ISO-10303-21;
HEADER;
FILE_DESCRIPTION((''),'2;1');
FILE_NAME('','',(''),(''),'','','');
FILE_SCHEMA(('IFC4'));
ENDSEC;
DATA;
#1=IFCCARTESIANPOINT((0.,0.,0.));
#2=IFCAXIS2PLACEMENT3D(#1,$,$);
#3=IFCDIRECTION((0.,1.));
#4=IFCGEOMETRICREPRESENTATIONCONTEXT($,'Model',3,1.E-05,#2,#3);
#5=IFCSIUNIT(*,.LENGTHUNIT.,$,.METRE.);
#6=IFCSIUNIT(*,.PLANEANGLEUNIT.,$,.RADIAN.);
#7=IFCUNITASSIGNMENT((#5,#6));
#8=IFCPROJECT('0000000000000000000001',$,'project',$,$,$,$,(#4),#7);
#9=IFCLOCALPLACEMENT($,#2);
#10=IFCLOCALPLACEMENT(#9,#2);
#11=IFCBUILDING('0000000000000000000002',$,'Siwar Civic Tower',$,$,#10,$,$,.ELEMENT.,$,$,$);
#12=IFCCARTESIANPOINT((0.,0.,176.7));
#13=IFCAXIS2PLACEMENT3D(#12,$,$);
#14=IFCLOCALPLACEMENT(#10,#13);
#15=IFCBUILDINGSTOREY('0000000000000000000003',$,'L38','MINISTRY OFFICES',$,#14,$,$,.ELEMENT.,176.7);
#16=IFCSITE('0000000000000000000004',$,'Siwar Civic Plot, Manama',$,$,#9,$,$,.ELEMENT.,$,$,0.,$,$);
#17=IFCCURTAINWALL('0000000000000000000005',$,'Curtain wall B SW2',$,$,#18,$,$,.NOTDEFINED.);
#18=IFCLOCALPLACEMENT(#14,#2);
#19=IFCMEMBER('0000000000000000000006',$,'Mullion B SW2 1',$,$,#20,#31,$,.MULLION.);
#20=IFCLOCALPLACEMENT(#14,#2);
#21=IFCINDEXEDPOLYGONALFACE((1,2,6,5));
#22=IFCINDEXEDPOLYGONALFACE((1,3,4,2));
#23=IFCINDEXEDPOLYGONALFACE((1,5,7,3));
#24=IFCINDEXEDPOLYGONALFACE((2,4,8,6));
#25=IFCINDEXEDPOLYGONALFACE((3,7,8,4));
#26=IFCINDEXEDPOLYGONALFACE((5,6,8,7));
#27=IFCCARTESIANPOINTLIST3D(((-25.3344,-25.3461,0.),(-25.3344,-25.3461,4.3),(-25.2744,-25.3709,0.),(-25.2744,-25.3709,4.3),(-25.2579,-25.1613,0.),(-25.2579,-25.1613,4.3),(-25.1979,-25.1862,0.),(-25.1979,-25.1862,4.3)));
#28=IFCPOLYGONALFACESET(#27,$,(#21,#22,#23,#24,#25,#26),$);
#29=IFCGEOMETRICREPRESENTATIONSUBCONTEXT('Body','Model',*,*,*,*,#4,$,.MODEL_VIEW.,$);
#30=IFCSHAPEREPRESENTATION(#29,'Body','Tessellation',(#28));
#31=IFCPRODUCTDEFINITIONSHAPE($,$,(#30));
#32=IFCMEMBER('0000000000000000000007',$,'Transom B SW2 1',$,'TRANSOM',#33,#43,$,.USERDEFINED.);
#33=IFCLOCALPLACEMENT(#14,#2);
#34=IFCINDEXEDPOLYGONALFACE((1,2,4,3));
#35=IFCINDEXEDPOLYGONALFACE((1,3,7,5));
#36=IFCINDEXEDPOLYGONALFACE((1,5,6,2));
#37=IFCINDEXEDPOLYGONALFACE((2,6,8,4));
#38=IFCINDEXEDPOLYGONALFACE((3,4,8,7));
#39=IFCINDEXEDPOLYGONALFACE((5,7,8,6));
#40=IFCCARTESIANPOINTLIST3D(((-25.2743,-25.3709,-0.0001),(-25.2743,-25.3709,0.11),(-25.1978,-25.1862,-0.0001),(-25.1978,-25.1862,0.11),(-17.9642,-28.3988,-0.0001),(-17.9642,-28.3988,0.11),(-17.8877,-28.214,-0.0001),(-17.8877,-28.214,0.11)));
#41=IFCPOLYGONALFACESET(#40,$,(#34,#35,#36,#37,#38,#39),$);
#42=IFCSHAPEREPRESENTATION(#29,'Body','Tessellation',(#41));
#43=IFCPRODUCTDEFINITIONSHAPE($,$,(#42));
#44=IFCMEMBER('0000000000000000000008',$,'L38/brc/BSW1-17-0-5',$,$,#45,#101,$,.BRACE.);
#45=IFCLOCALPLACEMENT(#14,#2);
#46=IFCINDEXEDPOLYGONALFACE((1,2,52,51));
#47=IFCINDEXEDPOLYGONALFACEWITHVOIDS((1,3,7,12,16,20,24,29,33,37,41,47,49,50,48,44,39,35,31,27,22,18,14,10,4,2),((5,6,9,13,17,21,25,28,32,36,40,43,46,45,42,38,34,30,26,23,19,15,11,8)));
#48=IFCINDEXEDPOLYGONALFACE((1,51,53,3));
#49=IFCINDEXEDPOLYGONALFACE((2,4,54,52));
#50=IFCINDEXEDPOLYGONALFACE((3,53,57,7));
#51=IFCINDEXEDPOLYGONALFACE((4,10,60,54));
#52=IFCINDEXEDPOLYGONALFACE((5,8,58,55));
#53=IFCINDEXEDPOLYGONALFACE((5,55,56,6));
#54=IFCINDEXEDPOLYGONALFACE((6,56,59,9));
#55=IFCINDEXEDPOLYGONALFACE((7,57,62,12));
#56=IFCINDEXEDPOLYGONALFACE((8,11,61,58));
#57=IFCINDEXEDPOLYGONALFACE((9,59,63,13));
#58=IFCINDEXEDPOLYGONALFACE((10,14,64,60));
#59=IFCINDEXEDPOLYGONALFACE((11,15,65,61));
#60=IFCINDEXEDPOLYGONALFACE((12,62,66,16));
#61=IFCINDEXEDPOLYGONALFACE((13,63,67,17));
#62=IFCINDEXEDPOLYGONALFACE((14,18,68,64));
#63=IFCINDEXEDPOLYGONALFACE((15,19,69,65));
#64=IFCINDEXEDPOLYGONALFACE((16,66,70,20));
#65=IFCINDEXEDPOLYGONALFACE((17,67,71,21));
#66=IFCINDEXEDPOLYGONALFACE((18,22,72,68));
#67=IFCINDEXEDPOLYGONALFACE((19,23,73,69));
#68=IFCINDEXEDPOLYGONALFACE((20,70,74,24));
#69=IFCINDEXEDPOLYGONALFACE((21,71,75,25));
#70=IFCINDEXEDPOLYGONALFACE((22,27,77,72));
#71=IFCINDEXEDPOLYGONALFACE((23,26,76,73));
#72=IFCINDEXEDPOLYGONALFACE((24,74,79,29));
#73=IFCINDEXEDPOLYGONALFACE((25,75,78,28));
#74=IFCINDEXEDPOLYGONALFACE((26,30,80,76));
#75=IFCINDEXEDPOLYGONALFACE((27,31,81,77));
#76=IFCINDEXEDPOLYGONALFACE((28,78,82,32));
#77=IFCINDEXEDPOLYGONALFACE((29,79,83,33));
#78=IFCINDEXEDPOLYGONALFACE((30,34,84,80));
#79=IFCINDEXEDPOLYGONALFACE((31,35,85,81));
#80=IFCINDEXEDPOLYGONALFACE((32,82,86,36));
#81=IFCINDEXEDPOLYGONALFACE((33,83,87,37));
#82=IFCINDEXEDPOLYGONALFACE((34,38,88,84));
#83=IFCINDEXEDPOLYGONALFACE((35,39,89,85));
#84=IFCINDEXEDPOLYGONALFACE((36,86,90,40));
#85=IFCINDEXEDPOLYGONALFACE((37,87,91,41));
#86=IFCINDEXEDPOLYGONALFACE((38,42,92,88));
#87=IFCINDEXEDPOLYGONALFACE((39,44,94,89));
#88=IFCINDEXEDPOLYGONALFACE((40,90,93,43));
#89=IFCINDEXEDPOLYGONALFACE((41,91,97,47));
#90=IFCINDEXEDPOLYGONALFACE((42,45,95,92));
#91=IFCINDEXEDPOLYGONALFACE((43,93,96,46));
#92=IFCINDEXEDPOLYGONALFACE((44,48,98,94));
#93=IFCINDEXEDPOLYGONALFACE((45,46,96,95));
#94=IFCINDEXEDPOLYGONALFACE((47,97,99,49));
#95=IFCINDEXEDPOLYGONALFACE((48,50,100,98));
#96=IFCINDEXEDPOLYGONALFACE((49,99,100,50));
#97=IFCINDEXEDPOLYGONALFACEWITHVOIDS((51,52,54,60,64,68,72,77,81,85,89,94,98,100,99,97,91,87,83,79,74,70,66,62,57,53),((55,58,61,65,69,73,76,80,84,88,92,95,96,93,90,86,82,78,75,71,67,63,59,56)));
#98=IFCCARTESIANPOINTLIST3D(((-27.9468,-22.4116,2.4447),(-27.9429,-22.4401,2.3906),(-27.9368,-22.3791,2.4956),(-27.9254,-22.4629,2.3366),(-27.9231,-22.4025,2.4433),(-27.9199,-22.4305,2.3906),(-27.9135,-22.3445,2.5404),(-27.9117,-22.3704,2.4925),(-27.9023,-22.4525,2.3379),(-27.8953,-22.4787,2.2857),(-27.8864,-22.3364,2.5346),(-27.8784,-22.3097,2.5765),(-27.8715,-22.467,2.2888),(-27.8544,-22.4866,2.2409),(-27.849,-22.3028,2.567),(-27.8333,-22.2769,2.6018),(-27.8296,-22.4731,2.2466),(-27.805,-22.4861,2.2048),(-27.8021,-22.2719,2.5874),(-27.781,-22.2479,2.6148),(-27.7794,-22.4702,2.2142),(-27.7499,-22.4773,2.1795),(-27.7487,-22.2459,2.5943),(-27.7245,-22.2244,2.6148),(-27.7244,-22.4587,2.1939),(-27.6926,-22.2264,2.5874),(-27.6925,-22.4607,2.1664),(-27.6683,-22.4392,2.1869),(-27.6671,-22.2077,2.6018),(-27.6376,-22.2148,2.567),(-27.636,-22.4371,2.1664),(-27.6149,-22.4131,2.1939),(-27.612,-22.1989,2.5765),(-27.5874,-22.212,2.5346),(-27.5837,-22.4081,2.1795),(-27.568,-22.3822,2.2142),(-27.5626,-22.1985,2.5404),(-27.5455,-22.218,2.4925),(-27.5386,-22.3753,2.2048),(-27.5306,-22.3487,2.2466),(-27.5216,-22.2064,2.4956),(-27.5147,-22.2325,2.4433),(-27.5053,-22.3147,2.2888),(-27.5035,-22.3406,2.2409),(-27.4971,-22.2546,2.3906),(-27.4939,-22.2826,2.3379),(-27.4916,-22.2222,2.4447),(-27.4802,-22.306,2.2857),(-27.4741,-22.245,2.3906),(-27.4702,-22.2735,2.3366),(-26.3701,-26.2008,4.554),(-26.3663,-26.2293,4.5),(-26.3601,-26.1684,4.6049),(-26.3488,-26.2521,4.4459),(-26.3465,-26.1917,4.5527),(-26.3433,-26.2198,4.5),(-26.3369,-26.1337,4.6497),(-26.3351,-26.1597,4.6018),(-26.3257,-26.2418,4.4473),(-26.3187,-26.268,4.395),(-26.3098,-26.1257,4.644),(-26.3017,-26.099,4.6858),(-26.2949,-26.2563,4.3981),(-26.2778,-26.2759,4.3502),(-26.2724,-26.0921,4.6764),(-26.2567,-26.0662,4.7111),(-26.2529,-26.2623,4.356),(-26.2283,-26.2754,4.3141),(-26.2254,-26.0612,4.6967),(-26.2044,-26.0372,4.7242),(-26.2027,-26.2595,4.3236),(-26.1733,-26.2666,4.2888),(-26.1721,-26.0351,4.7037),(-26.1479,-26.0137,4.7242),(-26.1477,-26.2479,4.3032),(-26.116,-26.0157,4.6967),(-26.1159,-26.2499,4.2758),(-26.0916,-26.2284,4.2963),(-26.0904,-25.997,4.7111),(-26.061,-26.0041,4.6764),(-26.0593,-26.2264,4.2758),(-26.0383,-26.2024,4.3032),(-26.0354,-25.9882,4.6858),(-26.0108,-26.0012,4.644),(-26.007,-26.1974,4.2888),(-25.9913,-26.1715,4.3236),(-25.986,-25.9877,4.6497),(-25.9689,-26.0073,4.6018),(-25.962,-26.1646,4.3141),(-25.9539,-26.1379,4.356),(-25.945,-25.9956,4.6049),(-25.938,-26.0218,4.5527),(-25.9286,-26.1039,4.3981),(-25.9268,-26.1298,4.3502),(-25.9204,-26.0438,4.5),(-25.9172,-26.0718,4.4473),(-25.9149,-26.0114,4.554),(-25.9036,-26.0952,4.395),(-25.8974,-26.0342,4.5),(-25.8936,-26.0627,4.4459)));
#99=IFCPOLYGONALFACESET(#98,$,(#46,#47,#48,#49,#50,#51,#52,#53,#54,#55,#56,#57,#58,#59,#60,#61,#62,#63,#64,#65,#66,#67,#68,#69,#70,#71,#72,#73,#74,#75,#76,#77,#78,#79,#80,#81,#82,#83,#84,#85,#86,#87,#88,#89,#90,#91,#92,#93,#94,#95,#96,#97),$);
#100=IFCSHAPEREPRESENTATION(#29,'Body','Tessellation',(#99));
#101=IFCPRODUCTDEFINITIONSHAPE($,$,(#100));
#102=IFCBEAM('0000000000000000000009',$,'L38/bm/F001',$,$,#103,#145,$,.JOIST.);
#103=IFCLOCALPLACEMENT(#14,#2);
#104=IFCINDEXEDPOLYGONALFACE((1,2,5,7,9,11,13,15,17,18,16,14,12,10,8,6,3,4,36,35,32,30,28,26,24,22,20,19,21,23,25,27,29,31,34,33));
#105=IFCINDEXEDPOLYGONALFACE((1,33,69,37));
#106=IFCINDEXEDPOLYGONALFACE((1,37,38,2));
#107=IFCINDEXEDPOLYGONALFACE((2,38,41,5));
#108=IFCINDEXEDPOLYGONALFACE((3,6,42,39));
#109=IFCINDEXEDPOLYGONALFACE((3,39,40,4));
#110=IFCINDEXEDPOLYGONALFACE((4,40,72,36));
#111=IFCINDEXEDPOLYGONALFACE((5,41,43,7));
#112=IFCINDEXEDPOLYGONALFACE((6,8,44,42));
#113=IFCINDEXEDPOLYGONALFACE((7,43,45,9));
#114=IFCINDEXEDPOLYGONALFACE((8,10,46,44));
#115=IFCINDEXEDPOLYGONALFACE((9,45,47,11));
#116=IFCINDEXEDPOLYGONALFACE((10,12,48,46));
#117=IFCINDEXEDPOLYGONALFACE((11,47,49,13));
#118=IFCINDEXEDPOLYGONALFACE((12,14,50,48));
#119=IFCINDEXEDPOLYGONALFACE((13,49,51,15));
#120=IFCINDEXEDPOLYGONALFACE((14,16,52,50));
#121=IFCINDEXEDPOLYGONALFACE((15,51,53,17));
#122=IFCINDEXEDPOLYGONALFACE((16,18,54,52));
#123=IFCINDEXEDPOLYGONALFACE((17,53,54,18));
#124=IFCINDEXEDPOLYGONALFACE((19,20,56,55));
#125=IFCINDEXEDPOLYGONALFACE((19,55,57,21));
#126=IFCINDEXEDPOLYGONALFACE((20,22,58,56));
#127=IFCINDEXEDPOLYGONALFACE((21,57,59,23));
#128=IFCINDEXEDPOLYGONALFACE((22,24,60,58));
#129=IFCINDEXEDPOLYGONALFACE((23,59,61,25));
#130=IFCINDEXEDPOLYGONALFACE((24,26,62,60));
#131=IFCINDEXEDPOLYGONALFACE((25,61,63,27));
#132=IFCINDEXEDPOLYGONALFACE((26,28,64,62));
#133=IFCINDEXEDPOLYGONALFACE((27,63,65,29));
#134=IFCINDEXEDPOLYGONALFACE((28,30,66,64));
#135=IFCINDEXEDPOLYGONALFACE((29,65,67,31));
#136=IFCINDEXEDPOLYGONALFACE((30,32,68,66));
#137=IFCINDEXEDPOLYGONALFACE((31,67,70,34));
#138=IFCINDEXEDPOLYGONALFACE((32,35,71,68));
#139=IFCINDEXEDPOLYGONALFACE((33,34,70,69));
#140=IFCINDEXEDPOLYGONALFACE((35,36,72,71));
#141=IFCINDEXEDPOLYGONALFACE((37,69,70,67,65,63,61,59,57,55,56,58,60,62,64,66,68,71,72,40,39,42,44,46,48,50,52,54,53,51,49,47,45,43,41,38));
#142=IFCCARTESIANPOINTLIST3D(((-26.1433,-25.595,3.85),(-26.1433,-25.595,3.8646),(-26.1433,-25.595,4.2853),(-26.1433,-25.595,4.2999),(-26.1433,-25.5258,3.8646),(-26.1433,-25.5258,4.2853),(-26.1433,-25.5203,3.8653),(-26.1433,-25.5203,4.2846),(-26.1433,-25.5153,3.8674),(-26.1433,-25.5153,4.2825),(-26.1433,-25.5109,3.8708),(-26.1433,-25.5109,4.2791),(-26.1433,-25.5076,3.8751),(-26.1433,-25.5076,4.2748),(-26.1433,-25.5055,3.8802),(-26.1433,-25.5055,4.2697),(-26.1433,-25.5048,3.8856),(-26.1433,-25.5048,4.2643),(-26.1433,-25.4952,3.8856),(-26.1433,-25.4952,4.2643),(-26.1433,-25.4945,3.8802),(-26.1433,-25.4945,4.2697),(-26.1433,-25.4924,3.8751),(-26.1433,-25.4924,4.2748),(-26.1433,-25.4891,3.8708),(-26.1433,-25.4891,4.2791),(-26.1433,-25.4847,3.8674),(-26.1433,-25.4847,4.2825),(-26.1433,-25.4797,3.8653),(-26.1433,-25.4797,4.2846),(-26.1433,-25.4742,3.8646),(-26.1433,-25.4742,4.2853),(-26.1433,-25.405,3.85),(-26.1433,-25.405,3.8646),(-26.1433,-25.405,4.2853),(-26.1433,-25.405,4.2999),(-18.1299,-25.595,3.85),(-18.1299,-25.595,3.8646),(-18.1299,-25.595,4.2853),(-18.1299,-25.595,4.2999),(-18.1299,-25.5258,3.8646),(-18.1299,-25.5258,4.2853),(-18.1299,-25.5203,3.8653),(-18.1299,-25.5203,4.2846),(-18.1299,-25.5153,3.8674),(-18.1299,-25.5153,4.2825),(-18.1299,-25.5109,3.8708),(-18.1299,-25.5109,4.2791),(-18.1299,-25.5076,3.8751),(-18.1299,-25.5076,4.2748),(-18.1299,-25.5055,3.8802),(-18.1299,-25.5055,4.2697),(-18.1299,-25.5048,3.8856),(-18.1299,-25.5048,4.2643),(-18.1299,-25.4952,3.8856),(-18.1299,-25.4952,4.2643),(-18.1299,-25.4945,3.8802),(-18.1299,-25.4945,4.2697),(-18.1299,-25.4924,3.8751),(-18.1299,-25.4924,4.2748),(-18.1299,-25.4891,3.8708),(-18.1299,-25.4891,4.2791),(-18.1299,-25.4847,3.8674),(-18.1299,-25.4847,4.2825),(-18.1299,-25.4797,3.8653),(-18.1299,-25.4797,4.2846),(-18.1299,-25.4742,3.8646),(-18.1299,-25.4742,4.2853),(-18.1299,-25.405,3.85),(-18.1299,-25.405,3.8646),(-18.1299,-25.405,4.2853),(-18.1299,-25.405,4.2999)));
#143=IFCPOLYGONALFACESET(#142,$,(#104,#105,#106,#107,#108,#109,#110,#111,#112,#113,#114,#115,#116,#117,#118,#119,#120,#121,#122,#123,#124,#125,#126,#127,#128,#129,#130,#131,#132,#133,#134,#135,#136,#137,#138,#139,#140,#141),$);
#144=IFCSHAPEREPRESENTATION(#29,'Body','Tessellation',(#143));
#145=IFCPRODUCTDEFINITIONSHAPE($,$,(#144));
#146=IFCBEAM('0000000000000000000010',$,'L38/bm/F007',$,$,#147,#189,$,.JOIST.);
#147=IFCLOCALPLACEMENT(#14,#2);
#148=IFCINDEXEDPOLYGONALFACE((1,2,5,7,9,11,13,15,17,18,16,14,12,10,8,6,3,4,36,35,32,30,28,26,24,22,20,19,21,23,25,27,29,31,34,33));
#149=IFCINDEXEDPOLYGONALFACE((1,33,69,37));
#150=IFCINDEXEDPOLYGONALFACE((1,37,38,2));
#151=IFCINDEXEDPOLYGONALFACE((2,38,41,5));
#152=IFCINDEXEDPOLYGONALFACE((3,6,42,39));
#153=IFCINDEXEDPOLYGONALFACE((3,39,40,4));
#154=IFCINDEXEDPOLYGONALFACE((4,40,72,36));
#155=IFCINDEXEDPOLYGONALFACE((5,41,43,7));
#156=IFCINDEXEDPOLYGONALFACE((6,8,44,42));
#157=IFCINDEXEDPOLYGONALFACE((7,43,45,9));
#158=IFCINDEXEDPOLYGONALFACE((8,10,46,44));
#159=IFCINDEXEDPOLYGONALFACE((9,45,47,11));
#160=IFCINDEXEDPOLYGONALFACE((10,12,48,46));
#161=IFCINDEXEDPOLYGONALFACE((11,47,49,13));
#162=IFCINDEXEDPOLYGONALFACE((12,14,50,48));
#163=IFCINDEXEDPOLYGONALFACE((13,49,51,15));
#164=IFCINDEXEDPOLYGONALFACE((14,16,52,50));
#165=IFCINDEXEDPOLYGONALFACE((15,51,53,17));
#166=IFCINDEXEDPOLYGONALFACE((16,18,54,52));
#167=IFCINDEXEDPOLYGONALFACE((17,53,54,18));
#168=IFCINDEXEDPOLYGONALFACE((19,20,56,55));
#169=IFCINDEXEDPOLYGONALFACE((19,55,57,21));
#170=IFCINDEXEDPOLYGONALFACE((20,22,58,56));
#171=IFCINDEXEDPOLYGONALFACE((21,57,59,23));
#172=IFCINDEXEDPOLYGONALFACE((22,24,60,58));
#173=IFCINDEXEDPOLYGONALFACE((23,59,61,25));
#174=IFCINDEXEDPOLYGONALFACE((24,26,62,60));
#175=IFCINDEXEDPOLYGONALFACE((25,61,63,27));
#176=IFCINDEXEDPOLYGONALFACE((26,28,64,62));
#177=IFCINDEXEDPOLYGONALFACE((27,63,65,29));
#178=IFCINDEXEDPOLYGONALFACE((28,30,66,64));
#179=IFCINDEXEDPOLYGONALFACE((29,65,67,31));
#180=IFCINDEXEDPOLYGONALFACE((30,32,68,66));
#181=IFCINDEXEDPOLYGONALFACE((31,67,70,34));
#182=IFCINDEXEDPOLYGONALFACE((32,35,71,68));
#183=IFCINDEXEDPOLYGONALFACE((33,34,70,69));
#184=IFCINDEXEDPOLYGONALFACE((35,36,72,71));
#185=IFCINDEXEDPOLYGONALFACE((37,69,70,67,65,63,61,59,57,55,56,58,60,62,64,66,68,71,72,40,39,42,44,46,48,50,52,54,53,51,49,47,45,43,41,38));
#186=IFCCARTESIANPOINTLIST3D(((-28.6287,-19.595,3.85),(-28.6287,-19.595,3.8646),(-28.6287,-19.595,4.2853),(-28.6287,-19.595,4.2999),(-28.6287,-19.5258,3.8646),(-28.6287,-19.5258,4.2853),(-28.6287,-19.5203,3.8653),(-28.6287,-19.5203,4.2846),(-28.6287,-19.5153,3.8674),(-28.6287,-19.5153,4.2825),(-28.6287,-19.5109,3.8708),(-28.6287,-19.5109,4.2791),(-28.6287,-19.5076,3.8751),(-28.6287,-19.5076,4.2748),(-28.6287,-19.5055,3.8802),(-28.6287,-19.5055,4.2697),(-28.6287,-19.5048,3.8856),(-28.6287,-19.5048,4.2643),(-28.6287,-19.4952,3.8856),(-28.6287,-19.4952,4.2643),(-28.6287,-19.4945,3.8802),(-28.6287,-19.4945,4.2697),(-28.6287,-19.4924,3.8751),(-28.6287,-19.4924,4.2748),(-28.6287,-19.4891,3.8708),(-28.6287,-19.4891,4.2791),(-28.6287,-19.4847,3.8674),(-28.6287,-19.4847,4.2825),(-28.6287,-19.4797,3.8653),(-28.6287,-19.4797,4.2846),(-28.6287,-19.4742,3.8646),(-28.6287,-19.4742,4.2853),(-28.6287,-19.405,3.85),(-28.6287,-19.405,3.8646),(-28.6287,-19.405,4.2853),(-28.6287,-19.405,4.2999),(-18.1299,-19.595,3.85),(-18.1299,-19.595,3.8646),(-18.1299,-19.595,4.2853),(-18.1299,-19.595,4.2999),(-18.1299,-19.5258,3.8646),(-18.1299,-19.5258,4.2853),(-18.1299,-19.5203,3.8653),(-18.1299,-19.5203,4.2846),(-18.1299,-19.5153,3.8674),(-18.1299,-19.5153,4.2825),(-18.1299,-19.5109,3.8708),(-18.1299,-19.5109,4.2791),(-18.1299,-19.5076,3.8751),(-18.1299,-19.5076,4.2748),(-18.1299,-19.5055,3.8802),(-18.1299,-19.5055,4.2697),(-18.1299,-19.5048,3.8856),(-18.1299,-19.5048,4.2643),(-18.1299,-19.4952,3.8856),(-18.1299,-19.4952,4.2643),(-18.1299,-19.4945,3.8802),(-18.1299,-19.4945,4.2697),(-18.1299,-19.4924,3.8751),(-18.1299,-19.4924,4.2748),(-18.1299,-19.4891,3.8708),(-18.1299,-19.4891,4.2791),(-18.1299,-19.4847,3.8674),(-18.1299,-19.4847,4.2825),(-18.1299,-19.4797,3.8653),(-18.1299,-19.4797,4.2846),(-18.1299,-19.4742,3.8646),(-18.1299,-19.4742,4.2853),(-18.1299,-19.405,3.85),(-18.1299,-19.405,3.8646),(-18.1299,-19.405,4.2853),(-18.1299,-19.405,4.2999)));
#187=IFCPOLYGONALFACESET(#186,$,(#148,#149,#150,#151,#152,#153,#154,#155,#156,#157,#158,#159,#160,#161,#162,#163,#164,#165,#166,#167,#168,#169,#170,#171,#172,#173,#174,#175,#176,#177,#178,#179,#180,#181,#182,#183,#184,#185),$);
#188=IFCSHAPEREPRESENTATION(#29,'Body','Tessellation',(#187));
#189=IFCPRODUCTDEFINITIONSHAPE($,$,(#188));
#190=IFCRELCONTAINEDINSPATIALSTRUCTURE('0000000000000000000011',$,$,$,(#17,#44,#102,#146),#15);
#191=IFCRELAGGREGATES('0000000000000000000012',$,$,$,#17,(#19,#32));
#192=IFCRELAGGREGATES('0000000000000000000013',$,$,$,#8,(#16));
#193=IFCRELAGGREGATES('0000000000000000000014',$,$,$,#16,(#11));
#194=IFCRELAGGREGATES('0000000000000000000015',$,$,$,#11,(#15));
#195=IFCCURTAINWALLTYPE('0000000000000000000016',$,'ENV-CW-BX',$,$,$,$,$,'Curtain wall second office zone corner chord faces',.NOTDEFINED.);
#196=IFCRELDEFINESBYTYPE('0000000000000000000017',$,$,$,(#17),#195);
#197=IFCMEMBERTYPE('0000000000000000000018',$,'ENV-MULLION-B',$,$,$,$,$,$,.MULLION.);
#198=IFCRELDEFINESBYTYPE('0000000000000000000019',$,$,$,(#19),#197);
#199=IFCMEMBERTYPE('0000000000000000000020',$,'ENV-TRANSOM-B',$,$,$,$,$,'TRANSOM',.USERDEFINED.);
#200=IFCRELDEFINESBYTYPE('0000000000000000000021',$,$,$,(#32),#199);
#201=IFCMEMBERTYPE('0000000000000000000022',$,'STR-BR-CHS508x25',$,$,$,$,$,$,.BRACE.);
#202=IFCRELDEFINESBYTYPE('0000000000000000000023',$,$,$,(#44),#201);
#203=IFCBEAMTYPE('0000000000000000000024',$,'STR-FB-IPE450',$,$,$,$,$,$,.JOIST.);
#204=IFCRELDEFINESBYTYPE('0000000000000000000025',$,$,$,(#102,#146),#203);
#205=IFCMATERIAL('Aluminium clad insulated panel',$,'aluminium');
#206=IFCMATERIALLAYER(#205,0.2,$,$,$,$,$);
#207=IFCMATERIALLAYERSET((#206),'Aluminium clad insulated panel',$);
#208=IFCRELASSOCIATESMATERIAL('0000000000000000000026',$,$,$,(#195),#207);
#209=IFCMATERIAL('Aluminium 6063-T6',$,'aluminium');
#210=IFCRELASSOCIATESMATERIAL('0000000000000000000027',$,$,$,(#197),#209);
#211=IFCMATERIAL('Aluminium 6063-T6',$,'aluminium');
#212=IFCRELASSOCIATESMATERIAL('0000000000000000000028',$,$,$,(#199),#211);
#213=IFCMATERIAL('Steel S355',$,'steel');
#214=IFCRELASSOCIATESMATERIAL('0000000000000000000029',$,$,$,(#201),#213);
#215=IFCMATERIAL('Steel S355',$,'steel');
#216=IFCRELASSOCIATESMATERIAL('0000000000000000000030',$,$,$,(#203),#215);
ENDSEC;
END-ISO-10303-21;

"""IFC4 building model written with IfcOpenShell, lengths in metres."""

from ifc_helpers import new_model, si_unit, direction, frame, origin, origin_2d, place, context, subcontext, project, spatial, rectangle, hollow_circle, i_section, extrude, material, layer, layer_set, material_profile, profile_set, type_object, element, aggregate, save


model = new_model("IFC4")

# Units and contexts
model_context = context("Model", 3, precision=1e-05, world=origin(), true_north=direction((0.0, 1.0)))
body_context = subcontext(model_context, "Body", "Model", "MODEL_VIEW")
ifc_project = project(units=[si_unit("LENGTHUNIT", "METRE"), si_unit("PLANEANGLEUNIT", "RADIAN")], contexts=[model_context])

# Site, building, storey
site_placement = place(None, origin())
site = spatial("IfcSite", under=ifc_project, at=site_placement, Name="Siwar Civic Plot, Manama", CompositionType="ELEMENT", RefElevation=0.0)
building_placement = place(site_placement, origin())
building = spatial("IfcBuilding", under=site, at=building_placement, Name="Siwar Civic Tower", CompositionType="ELEMENT")
storey_placement = place(building_placement, frame((0.0, 0.0, 176.7)))
storey = spatial("IfcBuildingStorey", under=building, at=storey_placement, Name="L38", Description="MINISTRY OFFICES", CompositionType="ELEMENT", Elevation=176.7)

# Curtain wall, members
ifc_material_1 = material(Name="Aluminium clad insulated panel", Category="aluminium")
ifc_layer_1 = layer(ifc_material_1, 0.2)
ifc_layer_set_1 = layer_set([ifc_layer_1], Name="Aluminium clad insulated panel")
curtain_wall_type = type_object("IfcCurtainWallType", Name="ENV-CW-BX", ElementType="Curtain wall second office zone corner chord faces", PredefinedType="NOTDEFINED", material=ifc_layer_set_1)
curtain_wall_1_placement = place(storey_placement, origin())
curtain_wall_1 = element("IfcCurtainWall", 1, at=curtain_wall_1_placement, inside=storey, type_object=curtain_wall_type, Name="Curtain wall B SW2", PredefinedType="NOTDEFINED")
ifc_material_2 = material(Name="Aluminium 6063-T6", Category="aluminium")
ifc_material_profile_1 = material_profile(ifc_material_2, rectangle(XDim=0.2, YDim=0.0649, at=origin_2d()), Name="AL 200x65")
ifc_profile_set_1 = profile_set([ifc_material_profile_1], Name="Aluminium 6063-T6")
member_type_1 = type_object("IfcMemberType", Name="ENV-MULLION-B", PredefinedType="MULLION", material=ifc_profile_set_1)
member_1_placement = place(storey_placement, frame((-25.2661, -25.2661, 0.0), z_axis=(0.0, 0.0, 1.0), x_axis=(0.382683, 0.92388, 0.0)))
member_1 = element("IfcMember", 2, at=member_1_placement, type_object=member_type_1, Name="Mullion B SW2 1", PredefinedType="MULLION", context=body_context, shape_type="SweptSolid", body=[
    extrude(rectangle(XDim=0.2, YDim=0.0649, at=origin_2d()), origin(), (0.0, 0.0, 1.0), 4.3),
])
ifc_material_3 = material(Name="Aluminium 6063-T6", Category="aluminium")
ifc_material_profile_2 = material_profile(ifc_material_3, rectangle(XDim=0.2, YDim=0.1101, at=origin_2d()), Name="AL 200x110")
ifc_profile_set_2 = profile_set([ifc_material_profile_2], Name="Aluminium 6063-T6")
member_type_2 = type_object("IfcMemberType", Name="ENV-TRANSOM-B", ElementType="TRANSOM", PredefinedType="USERDEFINED", material=ifc_profile_set_2)
member_2_placement = place(storey_placement, frame((-25.2361, -25.2786, 0.0549), z_axis=(0.923884, -0.382673, 0.0), x_axis=(0.382673, 0.923884, 0.0)))
member_2 = element("IfcMember", 3, at=member_2_placement, type_object=member_type_2, Name="Transom B SW2 1", ObjectType="TRANSOM", PredefinedType="USERDEFINED", context=body_context, shape_type="SweptSolid", body=[
    extrude(rectangle(XDim=0.2, YDim=0.1101, at=origin_2d()), origin(), (0.0, 0.0, 1.0), 7.9124),
])
aggregate(curtain_wall_1, [member_1, member_2])

# Member
ifc_material_4 = material(Name="Steel S355", Category="steel")
ifc_material_profile_3 = material_profile(ifc_material_4, hollow_circle(Radius=0.2539, WallThickness=0.0249, at=origin_2d()), Name="CHS508x25")
ifc_profile_set_3 = profile_set([ifc_material_profile_3], Name="Steel S355")
member_type_3 = type_object("IfcMemberType", Name="STR-BR-CHS508x25", PredefinedType="BRACE", material=ifc_profile_set_3)
member_3_placement = place(storey_placement, frame((-27.7085, -22.3425, 2.3906), z_axis=(0.341671, -0.821163, 0.457113), x_axis=(0.923269, 0.384155, 0.0)))
element("IfcMember", 4, at=member_3_placement, inside=storey, type_object=member_type_3, Name="L38/brc/BSW1-17-0-5", PredefinedType="BRACE", context=body_context, shape_type="SweptSolid", body=[
    extrude(hollow_circle(Radius=0.2539, WallThickness=0.0249, at=origin_2d()), origin(), (0.0, 0.0, 1.0), 4.6145),
])

# Beams
ifc_material_5 = material(Name="Steel S355", Category="steel")
ifc_material_profile_4 = material_profile(ifc_material_5, i_section(OverallWidth=0.1899, OverallDepth=0.45, WebThickness=0.0095, FlangeThickness=0.0146, FilletRadius=0.021, at=origin_2d()), Name="IPE450")
ifc_profile_set_4 = profile_set([ifc_material_profile_4], Name="Steel S355")
beam_type = type_object("IfcBeamType", Name="STR-FB-IPE450", PredefinedType="JOIST", material=ifc_profile_set_4)
beam_1_placement = place(storey_placement, frame((-26.1433, -25.5, 4.075), z_axis=(1.0, 0.0, 0.0), x_axis=(0.0, 1.0, 0.0)))
element("IfcBeam", 5, at=beam_1_placement, inside=storey, type_object=beam_type, Name="L38/bm/F001", PredefinedType="JOIST", context=body_context, shape_type="SweptSolid", body=[
    extrude(i_section(OverallWidth=0.1899, OverallDepth=0.45, WebThickness=0.0095, FlangeThickness=0.0146, FilletRadius=0.021, at=origin_2d()), origin(), (0.0, 0.0, 1.0), 8.0134),
])
beam_2_placement = place(storey_placement, frame((-28.6287, -19.5, 4.075), z_axis=(1.0, 0.0, 0.0), x_axis=(0.0, 1.0, 0.0)))
element("IfcBeam", 6, at=beam_2_placement, inside=storey, type_object=beam_type, Name="L38/bm/F007", PredefinedType="JOIST", context=body_context, shape_type="SweptSolid", body=[
    extrude(i_section(OverallWidth=0.1899, OverallDepth=0.45, WebThickness=0.0095, FlangeThickness=0.0146, FilletRadius=0.021, at=origin_2d()), origin(), (0.0, 0.0, 1.0), 10.4988),
])

save(model, "model.ifc")
